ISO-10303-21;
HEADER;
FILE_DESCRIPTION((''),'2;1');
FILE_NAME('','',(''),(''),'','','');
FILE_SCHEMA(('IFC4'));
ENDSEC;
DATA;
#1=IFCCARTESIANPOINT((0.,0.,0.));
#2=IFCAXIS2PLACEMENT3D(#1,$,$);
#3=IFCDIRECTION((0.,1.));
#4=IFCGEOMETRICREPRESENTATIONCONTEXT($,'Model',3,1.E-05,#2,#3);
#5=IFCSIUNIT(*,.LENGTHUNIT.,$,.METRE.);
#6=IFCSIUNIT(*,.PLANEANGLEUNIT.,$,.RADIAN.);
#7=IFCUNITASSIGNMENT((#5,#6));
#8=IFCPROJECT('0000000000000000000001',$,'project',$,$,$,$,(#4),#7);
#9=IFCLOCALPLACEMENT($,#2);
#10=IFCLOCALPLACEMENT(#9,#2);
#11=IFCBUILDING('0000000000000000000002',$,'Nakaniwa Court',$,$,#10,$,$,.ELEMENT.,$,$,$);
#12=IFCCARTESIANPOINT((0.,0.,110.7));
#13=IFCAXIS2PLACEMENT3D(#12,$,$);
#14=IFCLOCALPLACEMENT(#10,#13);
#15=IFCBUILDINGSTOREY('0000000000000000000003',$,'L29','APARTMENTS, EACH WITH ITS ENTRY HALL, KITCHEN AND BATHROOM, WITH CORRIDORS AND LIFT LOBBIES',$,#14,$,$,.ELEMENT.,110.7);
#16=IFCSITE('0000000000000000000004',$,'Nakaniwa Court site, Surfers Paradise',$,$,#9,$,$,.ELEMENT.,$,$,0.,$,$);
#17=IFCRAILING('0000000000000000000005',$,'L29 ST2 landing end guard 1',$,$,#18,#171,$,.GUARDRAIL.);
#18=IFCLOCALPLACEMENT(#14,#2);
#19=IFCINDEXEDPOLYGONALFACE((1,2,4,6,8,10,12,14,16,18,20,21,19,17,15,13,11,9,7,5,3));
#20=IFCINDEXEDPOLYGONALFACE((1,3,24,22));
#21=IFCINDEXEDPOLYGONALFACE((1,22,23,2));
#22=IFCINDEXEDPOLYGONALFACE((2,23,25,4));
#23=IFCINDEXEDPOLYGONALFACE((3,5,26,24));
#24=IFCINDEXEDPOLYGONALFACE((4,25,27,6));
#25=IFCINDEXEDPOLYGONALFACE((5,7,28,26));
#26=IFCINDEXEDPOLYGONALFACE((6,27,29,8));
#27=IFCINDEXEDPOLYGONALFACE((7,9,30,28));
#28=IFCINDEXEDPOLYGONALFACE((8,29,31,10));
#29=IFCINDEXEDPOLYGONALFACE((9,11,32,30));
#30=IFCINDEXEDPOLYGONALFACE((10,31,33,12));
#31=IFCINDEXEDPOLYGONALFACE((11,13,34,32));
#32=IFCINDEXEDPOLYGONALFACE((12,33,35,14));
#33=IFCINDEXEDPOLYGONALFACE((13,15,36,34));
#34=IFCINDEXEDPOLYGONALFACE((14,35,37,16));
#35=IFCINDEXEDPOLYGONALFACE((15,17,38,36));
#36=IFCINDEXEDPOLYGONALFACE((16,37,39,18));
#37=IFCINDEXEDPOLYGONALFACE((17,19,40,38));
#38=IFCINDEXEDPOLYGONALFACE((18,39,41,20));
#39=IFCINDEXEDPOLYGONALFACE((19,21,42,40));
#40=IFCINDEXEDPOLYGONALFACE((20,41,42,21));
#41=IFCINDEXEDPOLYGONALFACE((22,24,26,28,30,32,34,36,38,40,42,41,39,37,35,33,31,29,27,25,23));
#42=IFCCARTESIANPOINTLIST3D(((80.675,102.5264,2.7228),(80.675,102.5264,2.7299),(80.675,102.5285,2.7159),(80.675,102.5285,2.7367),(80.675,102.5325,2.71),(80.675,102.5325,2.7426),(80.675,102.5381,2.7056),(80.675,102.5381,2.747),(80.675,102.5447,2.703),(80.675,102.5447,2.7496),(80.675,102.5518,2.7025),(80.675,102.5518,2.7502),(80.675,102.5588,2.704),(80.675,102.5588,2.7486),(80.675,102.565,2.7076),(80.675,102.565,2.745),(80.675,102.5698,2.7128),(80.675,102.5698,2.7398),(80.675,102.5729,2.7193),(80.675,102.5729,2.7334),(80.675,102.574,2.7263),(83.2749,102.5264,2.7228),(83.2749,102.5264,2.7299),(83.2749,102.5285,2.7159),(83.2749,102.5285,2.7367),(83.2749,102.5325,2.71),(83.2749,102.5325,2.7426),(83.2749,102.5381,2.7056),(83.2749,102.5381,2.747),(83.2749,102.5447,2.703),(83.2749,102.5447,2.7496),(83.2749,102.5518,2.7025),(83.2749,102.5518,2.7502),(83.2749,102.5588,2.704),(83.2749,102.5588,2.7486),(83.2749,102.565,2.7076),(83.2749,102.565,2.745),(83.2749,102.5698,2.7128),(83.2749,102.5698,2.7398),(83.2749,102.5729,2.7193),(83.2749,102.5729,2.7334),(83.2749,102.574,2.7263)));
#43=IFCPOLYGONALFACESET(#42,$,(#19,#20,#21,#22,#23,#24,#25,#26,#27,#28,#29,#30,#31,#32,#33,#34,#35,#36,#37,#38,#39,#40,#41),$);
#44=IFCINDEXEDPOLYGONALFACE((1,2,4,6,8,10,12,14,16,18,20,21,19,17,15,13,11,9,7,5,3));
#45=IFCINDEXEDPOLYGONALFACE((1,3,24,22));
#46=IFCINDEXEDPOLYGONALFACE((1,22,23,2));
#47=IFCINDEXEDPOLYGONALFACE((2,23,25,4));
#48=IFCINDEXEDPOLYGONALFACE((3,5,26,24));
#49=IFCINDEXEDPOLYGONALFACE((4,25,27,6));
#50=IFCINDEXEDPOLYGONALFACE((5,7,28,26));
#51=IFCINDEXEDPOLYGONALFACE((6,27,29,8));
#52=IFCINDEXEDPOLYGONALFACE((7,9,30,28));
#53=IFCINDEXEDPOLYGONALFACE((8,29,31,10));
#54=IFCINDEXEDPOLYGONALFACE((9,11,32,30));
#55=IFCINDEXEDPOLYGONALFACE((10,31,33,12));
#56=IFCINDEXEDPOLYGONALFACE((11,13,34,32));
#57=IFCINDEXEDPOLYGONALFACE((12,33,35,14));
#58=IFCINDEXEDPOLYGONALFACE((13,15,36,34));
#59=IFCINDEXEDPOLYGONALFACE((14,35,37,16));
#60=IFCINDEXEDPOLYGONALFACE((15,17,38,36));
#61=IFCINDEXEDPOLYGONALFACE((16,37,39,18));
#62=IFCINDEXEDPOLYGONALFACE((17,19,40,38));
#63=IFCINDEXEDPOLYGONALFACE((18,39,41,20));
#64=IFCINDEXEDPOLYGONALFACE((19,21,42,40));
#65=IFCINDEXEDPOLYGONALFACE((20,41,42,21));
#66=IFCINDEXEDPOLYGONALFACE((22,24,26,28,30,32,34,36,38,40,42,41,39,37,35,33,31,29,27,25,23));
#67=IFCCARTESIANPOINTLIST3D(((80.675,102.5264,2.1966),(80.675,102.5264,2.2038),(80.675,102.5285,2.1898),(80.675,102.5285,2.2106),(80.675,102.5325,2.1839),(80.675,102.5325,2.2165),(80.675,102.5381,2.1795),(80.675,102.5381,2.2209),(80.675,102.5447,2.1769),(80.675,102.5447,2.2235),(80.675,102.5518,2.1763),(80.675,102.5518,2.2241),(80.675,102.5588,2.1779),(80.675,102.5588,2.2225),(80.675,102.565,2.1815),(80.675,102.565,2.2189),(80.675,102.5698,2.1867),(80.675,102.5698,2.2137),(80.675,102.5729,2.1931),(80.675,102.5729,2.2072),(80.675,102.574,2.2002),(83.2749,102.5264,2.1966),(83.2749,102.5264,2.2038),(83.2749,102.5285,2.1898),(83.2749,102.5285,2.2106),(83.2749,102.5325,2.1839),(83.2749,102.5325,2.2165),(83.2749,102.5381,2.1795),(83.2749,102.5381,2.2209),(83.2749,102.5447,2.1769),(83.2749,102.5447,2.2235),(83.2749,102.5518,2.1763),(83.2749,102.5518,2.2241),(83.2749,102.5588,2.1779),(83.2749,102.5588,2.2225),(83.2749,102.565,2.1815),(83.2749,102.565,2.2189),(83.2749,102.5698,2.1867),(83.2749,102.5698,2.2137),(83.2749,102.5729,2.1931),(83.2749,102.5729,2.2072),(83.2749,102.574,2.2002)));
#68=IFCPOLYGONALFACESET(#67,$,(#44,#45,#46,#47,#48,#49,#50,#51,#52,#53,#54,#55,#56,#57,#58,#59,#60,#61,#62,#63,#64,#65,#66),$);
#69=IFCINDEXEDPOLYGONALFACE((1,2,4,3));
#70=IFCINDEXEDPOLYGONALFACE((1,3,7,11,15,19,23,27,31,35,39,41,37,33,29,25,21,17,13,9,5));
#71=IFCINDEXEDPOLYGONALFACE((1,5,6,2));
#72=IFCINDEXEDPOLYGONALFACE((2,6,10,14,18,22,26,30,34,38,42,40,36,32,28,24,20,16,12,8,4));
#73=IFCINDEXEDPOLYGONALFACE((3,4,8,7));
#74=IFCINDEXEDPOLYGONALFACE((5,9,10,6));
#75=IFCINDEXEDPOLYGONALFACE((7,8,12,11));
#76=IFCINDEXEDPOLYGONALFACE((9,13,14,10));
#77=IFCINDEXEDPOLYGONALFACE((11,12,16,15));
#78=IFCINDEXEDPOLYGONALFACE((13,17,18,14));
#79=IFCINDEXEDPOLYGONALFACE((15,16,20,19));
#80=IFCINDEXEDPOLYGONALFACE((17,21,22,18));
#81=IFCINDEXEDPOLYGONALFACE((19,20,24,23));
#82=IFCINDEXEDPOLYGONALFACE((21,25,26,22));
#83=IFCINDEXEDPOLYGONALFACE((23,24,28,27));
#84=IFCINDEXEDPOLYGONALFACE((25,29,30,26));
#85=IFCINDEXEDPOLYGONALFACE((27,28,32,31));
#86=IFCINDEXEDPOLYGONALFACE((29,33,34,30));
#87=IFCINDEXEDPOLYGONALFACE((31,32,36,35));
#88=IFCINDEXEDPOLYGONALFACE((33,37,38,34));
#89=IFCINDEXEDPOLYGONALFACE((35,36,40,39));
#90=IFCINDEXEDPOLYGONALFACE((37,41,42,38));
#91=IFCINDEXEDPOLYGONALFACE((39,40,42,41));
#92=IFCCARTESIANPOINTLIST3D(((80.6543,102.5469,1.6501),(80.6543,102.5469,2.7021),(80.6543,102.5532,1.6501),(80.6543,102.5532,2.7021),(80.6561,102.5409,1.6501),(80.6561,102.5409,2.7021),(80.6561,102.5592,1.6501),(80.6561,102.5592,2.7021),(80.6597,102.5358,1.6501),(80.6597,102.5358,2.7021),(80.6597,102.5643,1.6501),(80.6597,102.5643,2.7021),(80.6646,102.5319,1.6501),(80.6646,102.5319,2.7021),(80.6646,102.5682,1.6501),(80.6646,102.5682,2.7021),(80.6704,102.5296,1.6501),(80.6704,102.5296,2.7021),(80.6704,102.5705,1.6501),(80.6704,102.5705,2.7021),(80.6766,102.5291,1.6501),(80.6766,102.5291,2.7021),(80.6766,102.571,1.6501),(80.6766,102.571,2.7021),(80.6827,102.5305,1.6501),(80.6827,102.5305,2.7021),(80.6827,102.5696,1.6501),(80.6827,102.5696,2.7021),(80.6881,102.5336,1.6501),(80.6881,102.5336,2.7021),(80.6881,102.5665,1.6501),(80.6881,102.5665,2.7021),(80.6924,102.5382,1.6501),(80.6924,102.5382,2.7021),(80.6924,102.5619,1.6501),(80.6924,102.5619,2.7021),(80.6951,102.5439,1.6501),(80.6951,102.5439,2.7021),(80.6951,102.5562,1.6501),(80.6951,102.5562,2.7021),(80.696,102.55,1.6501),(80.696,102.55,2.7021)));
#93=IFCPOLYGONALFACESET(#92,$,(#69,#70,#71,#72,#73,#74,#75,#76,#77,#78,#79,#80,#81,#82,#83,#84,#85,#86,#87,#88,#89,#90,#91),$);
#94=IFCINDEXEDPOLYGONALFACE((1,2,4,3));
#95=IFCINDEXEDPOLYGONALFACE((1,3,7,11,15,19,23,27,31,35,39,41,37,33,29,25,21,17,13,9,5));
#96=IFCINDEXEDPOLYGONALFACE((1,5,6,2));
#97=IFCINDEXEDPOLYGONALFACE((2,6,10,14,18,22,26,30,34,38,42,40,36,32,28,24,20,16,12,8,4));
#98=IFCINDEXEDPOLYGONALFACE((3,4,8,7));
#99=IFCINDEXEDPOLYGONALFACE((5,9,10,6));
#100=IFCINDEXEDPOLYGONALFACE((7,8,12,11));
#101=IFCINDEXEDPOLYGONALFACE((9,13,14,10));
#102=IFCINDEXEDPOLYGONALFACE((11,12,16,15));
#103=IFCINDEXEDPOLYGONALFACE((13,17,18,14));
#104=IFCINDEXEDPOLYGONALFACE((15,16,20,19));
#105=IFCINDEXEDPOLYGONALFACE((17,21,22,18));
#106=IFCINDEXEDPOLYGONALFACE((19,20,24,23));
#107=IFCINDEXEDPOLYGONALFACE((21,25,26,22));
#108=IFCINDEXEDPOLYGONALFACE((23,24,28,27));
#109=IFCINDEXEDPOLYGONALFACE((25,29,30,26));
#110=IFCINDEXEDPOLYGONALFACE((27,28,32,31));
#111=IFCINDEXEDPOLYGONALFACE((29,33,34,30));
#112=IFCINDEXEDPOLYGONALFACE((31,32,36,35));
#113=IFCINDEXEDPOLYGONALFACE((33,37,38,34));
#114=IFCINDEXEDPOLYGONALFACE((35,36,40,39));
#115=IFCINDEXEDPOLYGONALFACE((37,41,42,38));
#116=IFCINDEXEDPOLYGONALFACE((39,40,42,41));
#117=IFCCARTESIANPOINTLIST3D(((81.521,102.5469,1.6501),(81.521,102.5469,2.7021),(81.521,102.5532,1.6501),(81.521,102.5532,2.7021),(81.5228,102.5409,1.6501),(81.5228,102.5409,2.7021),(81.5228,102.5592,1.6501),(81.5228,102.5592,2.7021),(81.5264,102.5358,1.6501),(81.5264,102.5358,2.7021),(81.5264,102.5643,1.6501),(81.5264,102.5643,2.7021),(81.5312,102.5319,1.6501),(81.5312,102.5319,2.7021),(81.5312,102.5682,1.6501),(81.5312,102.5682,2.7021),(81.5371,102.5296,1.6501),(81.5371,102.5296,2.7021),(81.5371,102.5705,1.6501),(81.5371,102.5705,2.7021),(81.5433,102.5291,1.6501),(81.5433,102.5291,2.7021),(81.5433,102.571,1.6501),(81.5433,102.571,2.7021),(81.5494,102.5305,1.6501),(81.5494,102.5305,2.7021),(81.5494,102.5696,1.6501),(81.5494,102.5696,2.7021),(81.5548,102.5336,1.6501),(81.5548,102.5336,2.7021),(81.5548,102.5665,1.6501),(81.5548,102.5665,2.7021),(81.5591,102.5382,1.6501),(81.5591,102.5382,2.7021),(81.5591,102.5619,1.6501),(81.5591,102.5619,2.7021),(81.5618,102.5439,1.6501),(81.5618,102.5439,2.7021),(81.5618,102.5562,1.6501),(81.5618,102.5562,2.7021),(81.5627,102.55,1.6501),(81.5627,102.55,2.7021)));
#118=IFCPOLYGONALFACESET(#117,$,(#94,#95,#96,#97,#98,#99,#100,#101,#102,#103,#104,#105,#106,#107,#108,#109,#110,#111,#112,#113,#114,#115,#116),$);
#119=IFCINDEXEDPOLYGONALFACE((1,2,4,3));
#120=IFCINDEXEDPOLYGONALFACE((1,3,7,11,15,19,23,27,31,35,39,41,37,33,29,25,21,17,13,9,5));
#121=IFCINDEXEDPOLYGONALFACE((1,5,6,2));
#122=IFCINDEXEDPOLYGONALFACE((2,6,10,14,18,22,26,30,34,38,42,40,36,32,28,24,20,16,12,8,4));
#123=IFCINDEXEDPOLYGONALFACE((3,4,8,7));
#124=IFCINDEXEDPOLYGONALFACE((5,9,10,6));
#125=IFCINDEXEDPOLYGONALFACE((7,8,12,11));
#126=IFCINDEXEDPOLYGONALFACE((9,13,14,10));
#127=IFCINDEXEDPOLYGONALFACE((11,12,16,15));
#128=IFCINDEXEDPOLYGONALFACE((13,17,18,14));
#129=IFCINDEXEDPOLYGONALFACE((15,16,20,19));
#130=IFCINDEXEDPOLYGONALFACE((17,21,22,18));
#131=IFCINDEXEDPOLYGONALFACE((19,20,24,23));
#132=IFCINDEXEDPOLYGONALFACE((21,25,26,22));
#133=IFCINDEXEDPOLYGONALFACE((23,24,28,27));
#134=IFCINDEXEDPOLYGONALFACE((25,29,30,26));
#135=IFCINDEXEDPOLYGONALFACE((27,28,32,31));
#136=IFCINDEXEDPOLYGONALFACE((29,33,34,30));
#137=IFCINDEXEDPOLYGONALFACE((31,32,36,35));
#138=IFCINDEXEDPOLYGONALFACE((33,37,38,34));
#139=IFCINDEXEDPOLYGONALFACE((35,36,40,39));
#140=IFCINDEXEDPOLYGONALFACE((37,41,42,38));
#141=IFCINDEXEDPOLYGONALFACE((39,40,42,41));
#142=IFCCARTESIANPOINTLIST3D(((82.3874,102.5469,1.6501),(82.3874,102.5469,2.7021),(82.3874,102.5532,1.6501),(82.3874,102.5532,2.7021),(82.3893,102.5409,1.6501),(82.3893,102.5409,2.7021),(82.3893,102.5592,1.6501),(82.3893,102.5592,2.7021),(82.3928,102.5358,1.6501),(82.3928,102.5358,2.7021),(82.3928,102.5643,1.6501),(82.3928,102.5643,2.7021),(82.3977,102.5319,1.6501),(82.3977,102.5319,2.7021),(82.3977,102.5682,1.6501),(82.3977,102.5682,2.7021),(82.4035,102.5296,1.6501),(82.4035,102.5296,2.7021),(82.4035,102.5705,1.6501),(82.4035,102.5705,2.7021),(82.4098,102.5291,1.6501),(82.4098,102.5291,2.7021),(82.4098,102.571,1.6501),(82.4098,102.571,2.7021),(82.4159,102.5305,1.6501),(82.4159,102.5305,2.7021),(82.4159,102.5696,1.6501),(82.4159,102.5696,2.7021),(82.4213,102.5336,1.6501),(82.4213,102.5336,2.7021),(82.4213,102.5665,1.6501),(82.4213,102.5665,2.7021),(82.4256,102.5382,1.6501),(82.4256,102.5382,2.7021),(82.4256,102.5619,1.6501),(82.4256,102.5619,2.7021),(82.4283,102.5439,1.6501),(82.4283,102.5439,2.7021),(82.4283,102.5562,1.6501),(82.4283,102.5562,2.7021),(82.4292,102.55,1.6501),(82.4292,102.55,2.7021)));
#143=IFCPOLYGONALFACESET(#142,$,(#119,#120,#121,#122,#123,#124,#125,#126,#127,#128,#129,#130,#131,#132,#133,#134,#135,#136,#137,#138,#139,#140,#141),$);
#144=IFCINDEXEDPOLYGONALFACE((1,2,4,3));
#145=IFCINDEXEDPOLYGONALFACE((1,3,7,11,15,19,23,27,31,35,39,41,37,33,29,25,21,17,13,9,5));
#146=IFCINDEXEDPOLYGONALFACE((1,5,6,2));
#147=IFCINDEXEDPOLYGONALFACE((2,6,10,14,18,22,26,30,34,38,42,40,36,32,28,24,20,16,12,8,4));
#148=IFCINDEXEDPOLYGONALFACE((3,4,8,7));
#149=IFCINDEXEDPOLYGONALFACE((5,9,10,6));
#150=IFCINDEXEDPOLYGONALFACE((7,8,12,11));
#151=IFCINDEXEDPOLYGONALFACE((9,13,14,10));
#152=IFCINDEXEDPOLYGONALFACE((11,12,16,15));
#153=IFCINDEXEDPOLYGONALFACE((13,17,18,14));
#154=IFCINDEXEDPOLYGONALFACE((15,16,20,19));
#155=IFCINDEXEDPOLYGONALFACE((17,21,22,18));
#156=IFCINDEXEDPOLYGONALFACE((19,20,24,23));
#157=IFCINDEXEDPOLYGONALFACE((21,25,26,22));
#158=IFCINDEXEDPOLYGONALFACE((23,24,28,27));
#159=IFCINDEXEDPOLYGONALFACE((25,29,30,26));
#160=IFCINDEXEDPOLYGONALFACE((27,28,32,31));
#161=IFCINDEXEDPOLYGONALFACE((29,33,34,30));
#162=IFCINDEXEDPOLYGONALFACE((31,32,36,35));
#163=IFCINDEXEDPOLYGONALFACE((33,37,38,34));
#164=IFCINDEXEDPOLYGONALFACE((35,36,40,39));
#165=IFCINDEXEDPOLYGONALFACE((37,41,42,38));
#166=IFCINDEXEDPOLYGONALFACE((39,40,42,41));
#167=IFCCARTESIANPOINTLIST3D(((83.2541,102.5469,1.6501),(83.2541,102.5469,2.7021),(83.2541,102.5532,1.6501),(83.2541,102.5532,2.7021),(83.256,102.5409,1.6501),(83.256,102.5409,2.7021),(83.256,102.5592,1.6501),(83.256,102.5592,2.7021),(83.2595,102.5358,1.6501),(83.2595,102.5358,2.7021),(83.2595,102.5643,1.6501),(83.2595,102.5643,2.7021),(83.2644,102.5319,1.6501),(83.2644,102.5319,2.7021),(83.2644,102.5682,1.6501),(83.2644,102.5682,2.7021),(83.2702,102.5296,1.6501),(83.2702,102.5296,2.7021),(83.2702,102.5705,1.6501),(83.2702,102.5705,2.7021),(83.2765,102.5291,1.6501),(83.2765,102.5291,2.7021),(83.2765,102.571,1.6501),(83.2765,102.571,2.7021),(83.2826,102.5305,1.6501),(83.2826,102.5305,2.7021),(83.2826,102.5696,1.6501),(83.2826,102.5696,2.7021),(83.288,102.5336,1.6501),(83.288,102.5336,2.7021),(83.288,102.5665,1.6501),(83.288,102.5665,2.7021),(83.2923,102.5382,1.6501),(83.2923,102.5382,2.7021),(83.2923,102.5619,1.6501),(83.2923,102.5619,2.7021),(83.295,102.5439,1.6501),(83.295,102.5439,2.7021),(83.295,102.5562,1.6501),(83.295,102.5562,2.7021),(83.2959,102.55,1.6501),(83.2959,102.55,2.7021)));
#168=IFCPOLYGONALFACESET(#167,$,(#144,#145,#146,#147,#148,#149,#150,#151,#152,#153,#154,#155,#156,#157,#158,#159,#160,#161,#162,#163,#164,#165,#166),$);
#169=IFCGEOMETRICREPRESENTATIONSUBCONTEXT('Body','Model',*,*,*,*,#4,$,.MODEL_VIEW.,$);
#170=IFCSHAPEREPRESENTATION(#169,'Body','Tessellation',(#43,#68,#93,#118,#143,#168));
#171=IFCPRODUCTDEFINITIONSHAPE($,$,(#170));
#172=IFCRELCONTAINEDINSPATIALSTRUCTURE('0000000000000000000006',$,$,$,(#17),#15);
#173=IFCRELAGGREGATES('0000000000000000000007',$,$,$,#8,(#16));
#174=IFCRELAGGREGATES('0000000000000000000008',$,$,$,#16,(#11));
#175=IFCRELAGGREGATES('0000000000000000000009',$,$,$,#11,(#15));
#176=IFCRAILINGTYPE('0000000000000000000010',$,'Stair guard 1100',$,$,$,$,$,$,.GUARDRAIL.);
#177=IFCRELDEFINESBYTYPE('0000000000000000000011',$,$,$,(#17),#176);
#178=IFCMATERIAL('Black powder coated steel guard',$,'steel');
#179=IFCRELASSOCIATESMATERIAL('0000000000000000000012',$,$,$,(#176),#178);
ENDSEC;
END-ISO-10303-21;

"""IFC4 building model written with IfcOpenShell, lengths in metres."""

from ifc_helpers import new_model, si_unit, direction, frame, origin, origin_2d, place, context, subcontext, project, spatial, circle, extrude, material, type_object, element, save


model = new_model("IFC4")

# Units and contexts
model_context = context("Model", 3, precision=1e-05, world=origin(), true_north=direction((0.0, 1.0)))
body_context = subcontext(model_context, "Body", "Model", "MODEL_VIEW")
ifc_project = project(units=[si_unit("LENGTHUNIT", "METRE"), si_unit("PLANEANGLEUNIT", "RADIAN")], contexts=[model_context])

# Site, building, storey
site_placement = place(None, origin())
site = spatial("IfcSite", under=ifc_project, at=site_placement, Name="Nakaniwa Court site, Surfers Paradise", CompositionType="ELEMENT", RefElevation=0.0)
building_placement = place(site_placement, origin())
building = spatial("IfcBuilding", under=site, at=building_placement, Name="Nakaniwa Court", CompositionType="ELEMENT")
storey_placement = place(building_placement, frame((0.0, 0.0, 110.7)))
storey = spatial("IfcBuildingStorey", under=building, at=storey_placement, Name="L29", Description="APARTMENTS, EACH WITH ITS ENTRY HALL, KITCHEN AND BATHROOM, WITH CORRIDORS AND LIFT LOBBIES", CompositionType="ELEMENT", Elevation=110.7)

# Railing
ifc_material_1 = material(Name="Black powder coated steel guard", Category="steel")
railing_type_1 = type_object("IfcRailingType", Name="Stair guard 1100", PredefinedType="GUARDRAIL", material=ifc_material_1)
railing_1_placement = place(storey_placement, frame((80.675, 102.55, 1.6501)))
element("IfcRailing", 1, at=railing_1_placement, inside=storey, type_object=railing_type_1, Name="L29 ST2 landing end guard 1", PredefinedType="GUARDRAIL", context=body_context, shape_type="SweptSolid", body=[
    extrude(circle(Radius=0.0239, at=origin_2d()), frame((0.0, 0.0, 1.0762), z_axis=(1.0, 0.0, 0.0), x_axis=(0.0, 1.0, 0.0)), (0.0, 0.0, 1.0), 2.5999),
    extrude(circle(Radius=0.0239, at=origin_2d()), frame((0.0, 0.0, 0.55), z_axis=(1.0, 0.0, 0.0), x_axis=(0.0, 1.0, 0.0)), (0.0, 0.0, 1.0), 2.5999),
    extrude(circle(Radius=0.021, at=origin_2d()), origin(), (0.0, 0.0, 1.0), 1.052),
    extrude(circle(Radius=0.021, at=origin_2d()), frame((0.8667, 0.0, 0.0)), (0.0, 0.0, 1.0), 1.052),
    extrude(circle(Radius=0.021, at=origin_2d()), frame((1.7332, 0.0, 0.0)), (0.0, 0.0, 1.0), 1.052),
    extrude(circle(Radius=0.021, at=origin_2d()), frame((2.5999, 0.0, 0.0)), (0.0, 0.0, 1.0), 1.052),
])

save(model, "model.ifc")
